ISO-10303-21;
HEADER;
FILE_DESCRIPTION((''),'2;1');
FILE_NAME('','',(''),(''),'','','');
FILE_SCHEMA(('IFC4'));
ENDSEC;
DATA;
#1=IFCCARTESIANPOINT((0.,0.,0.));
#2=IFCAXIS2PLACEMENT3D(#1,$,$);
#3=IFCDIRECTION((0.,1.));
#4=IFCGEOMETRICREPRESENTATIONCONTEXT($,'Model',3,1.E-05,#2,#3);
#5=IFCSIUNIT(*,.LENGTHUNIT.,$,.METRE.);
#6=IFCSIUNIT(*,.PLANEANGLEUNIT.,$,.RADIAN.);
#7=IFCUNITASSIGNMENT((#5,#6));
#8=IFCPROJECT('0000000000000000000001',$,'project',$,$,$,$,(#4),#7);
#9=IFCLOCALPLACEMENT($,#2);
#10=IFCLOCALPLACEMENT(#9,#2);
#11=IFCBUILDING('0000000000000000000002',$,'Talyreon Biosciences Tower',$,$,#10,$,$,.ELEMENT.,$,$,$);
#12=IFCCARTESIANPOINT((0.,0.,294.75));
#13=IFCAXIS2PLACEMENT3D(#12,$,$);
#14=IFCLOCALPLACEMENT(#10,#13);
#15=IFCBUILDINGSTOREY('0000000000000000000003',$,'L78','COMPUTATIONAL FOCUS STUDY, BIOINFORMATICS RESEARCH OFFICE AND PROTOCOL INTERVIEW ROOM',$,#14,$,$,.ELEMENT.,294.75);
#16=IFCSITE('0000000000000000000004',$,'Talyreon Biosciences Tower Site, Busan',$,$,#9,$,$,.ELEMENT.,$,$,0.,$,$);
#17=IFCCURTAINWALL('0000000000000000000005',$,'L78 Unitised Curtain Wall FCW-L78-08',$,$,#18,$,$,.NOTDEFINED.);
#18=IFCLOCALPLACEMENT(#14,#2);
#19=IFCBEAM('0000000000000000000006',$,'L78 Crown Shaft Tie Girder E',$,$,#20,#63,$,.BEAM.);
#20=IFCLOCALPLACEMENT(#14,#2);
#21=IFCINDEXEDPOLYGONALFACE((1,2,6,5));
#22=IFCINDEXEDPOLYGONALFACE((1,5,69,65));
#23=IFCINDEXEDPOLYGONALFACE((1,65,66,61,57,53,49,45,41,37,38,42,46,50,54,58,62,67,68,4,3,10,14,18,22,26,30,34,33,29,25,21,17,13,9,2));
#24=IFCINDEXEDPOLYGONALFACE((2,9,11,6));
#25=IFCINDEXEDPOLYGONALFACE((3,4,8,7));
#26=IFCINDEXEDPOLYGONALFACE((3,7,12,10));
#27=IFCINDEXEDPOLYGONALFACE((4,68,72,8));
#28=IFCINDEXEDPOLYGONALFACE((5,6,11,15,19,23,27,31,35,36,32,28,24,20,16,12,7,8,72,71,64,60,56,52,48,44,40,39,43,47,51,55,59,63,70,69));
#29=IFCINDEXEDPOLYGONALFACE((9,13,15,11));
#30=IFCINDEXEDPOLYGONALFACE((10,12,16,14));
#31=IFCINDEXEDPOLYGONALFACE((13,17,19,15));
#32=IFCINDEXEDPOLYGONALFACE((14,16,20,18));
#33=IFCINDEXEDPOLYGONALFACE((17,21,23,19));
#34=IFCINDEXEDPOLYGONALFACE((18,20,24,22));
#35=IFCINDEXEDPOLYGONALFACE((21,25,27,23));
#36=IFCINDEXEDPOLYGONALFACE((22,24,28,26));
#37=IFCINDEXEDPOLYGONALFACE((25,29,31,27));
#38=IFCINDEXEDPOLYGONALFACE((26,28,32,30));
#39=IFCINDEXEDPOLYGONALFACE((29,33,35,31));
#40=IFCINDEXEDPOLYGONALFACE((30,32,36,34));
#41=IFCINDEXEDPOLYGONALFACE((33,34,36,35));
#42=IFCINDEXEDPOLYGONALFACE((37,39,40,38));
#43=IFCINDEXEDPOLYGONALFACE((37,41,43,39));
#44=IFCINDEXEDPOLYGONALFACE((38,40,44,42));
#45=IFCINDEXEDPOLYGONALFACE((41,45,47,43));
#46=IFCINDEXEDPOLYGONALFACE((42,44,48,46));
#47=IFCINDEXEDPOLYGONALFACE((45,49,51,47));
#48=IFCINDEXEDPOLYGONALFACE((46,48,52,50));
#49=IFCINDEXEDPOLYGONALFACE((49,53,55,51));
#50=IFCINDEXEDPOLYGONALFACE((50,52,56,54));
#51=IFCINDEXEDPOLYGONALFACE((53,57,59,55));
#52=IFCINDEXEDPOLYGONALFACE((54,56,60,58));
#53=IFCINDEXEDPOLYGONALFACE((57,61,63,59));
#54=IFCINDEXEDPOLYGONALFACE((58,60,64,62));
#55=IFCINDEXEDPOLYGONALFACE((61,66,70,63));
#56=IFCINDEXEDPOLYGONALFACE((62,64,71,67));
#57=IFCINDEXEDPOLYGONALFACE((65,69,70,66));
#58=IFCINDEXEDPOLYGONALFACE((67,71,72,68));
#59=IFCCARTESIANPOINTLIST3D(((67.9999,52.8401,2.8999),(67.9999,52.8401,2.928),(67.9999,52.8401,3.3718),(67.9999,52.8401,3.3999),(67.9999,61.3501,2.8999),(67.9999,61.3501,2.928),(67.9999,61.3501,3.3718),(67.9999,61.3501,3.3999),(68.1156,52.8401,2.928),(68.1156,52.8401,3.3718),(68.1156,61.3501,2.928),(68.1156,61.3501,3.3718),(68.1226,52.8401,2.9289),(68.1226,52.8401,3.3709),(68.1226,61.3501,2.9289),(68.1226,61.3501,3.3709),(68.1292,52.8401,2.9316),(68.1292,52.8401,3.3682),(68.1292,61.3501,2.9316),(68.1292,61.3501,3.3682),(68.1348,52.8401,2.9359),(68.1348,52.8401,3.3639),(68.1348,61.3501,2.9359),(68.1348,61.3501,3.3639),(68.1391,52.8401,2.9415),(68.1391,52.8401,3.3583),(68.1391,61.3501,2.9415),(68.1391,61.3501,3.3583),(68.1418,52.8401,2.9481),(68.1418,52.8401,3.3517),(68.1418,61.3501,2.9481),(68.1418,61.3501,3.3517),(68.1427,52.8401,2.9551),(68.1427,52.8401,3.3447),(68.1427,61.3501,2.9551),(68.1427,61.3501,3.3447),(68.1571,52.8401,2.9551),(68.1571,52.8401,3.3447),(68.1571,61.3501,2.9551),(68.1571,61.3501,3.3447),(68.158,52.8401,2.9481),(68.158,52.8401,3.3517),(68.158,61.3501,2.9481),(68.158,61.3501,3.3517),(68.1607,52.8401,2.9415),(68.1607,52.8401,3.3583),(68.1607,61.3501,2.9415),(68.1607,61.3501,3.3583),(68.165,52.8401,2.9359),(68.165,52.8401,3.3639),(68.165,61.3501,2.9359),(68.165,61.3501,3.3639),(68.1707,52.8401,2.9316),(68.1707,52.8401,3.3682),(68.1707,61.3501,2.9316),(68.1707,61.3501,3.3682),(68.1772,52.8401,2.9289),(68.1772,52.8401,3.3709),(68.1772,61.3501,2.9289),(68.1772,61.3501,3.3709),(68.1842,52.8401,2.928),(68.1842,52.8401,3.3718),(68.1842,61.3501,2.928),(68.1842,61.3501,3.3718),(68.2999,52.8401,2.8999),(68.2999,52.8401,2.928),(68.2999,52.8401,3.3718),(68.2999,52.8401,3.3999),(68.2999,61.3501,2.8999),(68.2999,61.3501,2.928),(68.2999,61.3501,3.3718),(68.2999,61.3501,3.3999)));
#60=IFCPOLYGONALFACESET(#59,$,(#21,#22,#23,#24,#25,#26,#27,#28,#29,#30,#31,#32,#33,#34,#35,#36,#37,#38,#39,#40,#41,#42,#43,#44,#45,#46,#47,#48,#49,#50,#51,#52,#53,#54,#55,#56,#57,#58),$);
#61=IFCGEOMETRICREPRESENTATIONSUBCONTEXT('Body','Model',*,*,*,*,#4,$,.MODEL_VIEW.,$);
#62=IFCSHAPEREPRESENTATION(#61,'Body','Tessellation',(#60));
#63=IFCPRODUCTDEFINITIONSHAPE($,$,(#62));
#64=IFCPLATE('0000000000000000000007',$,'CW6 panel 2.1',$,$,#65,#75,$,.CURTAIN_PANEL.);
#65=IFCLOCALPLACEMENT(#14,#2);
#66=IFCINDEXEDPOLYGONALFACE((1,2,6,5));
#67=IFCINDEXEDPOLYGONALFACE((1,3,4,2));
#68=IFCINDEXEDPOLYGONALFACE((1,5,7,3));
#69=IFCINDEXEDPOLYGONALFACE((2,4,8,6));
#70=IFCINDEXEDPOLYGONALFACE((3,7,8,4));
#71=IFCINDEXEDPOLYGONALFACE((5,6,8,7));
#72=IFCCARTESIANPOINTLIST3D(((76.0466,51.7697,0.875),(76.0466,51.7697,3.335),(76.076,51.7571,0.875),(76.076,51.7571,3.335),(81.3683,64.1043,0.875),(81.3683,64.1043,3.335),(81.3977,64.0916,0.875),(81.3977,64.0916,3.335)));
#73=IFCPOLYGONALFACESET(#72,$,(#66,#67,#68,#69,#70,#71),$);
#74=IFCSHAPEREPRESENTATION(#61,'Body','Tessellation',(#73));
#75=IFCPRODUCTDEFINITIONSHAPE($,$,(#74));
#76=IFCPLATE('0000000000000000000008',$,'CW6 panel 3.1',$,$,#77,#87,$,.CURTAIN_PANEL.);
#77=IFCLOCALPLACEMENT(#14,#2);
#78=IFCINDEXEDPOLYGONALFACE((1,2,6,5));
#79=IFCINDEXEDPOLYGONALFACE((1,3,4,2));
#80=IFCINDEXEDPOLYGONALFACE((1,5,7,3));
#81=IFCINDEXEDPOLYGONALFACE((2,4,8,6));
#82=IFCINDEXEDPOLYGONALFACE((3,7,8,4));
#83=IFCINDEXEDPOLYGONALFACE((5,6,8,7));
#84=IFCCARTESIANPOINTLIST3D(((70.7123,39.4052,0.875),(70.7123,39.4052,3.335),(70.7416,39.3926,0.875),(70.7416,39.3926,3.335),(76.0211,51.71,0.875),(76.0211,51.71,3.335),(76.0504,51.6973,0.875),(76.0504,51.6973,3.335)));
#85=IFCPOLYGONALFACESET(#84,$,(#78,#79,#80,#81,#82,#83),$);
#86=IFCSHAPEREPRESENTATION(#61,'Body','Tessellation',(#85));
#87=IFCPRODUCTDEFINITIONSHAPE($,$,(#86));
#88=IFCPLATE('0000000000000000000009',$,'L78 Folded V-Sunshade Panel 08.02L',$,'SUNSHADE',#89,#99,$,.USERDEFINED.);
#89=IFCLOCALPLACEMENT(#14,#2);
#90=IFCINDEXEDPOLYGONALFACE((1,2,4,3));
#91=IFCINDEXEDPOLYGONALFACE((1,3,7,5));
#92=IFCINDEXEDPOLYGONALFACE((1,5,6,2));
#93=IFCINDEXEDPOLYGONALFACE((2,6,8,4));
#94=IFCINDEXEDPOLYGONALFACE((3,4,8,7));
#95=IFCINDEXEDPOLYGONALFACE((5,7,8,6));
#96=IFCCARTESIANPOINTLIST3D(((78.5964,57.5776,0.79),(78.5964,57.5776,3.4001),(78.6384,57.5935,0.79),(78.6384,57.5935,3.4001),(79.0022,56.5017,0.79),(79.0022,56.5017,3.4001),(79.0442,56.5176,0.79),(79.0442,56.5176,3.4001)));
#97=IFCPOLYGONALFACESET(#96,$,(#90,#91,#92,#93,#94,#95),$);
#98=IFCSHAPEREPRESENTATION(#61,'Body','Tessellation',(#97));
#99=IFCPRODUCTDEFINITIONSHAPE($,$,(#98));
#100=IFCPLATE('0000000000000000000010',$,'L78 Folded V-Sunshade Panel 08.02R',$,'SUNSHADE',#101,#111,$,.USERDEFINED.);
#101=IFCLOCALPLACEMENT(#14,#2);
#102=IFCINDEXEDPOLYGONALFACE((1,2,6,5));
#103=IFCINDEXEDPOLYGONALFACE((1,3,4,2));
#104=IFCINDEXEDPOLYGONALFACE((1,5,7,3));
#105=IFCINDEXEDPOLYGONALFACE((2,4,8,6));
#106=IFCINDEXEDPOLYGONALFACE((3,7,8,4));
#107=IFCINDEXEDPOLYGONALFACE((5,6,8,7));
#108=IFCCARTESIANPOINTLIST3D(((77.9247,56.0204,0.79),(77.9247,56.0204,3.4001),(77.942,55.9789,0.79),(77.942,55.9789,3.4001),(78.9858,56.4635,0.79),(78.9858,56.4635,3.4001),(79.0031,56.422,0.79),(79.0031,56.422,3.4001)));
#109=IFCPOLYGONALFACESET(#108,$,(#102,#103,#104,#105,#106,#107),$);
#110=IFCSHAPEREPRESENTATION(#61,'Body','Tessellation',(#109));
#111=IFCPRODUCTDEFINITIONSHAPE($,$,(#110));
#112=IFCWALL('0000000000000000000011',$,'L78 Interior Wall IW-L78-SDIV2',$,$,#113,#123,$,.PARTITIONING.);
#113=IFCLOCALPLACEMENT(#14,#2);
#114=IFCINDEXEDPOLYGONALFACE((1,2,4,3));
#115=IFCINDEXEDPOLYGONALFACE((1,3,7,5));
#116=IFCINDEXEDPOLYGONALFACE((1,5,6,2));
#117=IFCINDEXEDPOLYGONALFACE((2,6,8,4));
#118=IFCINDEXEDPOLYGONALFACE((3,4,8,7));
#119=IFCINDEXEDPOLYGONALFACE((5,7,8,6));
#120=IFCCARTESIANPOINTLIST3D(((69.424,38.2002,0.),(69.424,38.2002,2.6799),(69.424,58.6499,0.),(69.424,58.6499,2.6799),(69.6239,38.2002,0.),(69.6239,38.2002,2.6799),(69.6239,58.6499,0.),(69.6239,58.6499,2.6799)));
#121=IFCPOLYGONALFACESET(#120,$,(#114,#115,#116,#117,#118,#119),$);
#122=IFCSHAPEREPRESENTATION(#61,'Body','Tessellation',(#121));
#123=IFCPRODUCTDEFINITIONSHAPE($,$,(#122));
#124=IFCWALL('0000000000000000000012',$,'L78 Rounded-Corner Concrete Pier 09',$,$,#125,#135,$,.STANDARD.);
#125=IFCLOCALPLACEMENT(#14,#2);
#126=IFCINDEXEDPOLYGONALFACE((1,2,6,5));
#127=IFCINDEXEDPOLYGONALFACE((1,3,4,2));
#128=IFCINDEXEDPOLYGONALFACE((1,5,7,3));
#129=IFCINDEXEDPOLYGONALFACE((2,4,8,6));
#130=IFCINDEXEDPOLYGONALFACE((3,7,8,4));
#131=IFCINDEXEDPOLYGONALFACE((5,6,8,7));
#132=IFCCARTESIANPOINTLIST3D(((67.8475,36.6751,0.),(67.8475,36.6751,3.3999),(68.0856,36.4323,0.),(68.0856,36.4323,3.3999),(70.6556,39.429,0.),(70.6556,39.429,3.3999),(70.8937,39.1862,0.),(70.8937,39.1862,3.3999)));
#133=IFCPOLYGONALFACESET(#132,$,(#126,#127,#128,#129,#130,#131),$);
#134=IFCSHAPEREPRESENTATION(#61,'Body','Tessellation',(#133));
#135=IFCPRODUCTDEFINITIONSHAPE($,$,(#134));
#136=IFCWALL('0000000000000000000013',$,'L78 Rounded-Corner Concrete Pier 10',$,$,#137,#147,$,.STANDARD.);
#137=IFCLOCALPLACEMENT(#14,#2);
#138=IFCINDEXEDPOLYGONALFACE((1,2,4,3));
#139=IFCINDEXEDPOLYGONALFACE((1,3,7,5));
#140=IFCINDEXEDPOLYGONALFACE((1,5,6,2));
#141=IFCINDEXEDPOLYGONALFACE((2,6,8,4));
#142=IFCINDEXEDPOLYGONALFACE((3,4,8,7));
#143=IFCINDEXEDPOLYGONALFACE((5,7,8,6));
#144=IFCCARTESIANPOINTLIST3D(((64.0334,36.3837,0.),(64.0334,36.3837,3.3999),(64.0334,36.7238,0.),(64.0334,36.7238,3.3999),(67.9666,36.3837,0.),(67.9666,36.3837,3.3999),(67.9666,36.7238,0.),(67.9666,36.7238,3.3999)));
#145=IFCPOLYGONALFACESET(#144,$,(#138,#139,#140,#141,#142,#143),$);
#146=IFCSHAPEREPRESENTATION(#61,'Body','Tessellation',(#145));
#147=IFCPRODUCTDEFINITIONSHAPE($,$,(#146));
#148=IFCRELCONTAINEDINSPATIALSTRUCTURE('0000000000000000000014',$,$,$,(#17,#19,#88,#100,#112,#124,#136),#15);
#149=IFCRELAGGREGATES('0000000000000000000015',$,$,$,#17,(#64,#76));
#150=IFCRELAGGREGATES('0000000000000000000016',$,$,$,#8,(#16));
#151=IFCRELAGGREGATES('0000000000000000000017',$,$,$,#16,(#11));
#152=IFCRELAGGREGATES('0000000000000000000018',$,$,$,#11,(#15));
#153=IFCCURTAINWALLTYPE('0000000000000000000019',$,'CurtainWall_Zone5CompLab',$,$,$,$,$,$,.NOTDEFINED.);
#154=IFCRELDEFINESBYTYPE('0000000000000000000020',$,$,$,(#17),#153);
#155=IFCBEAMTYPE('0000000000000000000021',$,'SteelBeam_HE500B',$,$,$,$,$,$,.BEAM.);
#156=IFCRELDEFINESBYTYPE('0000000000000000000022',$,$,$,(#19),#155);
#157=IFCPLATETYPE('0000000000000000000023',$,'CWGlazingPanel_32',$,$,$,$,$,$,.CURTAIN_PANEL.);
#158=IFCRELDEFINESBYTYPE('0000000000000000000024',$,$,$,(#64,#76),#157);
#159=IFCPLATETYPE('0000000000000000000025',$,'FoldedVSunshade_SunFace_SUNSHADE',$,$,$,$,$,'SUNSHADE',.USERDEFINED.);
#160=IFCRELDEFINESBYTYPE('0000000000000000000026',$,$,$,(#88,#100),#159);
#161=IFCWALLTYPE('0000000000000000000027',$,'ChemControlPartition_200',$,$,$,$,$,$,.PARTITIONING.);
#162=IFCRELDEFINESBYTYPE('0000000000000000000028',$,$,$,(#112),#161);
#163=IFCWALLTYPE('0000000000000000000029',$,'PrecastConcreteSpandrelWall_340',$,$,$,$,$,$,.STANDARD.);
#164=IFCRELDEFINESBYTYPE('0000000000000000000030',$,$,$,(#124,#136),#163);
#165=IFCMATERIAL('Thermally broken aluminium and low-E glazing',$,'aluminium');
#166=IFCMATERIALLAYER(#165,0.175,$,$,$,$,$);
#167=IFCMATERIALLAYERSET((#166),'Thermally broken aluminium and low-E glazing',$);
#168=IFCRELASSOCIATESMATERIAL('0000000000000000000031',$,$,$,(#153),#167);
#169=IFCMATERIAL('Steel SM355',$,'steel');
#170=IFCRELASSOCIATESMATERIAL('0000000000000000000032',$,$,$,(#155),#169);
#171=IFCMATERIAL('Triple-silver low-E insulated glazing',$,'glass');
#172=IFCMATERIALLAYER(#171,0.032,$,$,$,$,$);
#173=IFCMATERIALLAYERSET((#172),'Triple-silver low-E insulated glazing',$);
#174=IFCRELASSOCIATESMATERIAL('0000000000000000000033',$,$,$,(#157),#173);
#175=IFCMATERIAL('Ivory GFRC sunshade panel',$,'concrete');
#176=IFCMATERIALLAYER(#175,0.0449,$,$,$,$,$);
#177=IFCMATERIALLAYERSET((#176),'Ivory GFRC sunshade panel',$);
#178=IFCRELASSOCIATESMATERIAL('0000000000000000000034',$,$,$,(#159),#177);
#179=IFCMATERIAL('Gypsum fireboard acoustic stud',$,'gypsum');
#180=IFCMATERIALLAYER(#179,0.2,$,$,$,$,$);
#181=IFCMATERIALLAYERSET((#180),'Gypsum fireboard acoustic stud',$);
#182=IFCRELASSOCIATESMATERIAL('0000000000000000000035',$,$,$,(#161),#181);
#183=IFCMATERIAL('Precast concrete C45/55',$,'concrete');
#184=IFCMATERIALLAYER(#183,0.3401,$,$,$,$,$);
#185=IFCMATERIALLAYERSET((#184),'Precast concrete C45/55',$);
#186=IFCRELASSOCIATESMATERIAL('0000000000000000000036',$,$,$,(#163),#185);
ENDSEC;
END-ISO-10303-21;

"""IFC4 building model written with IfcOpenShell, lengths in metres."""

from ifc_helpers import new_model, si_unit, direction, frame, frame_2d, origin, origin_2d, place, context, subcontext, project, spatial, rectangle, i_section, extrude, material, layer, layer_set, material_profile, profile_set, type_object, element, aggregate, save


model = new_model("IFC4")

# Units and contexts
model_context = context("Model", 3, precision=1e-05, world=origin(), true_north=direction((0.0, 1.0)))
body_context = subcontext(model_context, "Body", "Model", "MODEL_VIEW")
ifc_project = project(units=[si_unit("LENGTHUNIT", "METRE"), si_unit("PLANEANGLEUNIT", "RADIAN")], contexts=[model_context])

# Site, building, storey
site_placement = place(None, origin())
site = spatial("IfcSite", under=ifc_project, at=site_placement, Name="Talyreon Biosciences Tower Site, Busan", CompositionType="ELEMENT", RefElevation=0.0)
building_placement = place(site_placement, origin())
building = spatial("IfcBuilding", under=site, at=building_placement, Name="Talyreon Biosciences Tower", CompositionType="ELEMENT")
storey_placement = place(building_placement, frame((0.0, 0.0, 294.75)))
storey = spatial("IfcBuildingStorey", under=building, at=storey_placement, Name="L78", Description="COMPUTATIONAL FOCUS STUDY, BIOINFORMATICS RESEARCH OFFICE AND PROTOCOL INTERVIEW ROOM", CompositionType="ELEMENT", Elevation=294.75)

# Shared definitions
ifc_material_1 = material(Name="Precast concrete C45/55", Category="concrete")

# Curtain wall
ifc_material_2 = material(Name="Thermally broken aluminium and low-E glazing", Category="aluminium")
ifc_layer_1 = layer(ifc_material_2, 0.175)
ifc_layer_set_1 = layer_set([ifc_layer_1], Name="Thermally broken aluminium and low-E glazing")
curtain_wall_type = type_object("IfcCurtainWallType", Name="CurtainWall_Zone5CompLab", PredefinedType="NOTDEFINED", material=ifc_layer_set_1)
curtain_wall_placement = place(storey_placement, origin())
curtain_wall = element("IfcCurtainWall", 1, at=curtain_wall_placement, inside=storey, type_object=curtain_wall_type, Name="L78 Unitised Curtain Wall FCW-L78-08", PredefinedType="NOTDEFINED")

# Beam
ifc_material_3 = material(Name="Steel SM355", Category="steel")
ifc_material_profile_1 = material_profile(ifc_material_3, i_section(OverallWidth=0.3, OverallDepth=0.5, WebThickness=0.0144, FlangeThickness=0.0281, FilletRadius=0.0271, at=origin_2d()), Name="HE500B")
ifc_profile_set_1 = profile_set([ifc_material_profile_1], Name="Steel SM355")
beam_type_1 = type_object("IfcBeamType", Name="SteelBeam_HE500B", PredefinedType="BEAM", material=ifc_profile_set_1)
beam_1_placement = place(storey_placement, frame((68.1499, 52.8401, 3.1499), z_axis=(0.0, 1.0, 0.0), x_axis=(-1.0, 0.0, 0.0)))
element("IfcBeam", 2, at=beam_1_placement, inside=storey, type_object=beam_type_1, Name="L78 Crown Shaft Tie Girder E", PredefinedType="BEAM", context=body_context, shape_type="SweptSolid", body=[
    extrude(i_section(OverallWidth=0.3, OverallDepth=0.5, WebThickness=0.0144, FlangeThickness=0.0281, FilletRadius=0.0271, at=origin_2d()), origin(), (0.0, 0.0, 1.0), 8.51),
])

# Plates
ifc_material_4 = material(Name="Triple-silver low-E insulated glazing", Category="glass")
ifc_layer_2 = layer(ifc_material_4, 0.032)
ifc_layer_set_2 = layer_set([ifc_layer_2], Name="Triple-silver low-E insulated glazing")
plate_type_1 = type_object("IfcPlateType", Name="CWGlazingPanel_32", PredefinedType="CURTAIN_PANEL", material=ifc_layer_set_2)
plate_1_placement = place(storey_placement, frame((78.7222, 57.9307, 0.875), z_axis=(0.0, 0.0, 1.0), x_axis=(-0.396147, -0.918187, 0.0)))
plate_1 = element("IfcPlate", 3, at=plate_1_placement, type_object=plate_type_1, Name="CW6 panel 2.1", PredefinedType="CURTAIN_PANEL", context=body_context, shape_type="SweptSolid", body=[
    extrude(rectangle(XDim=13.4336, YDim=0.032, at=origin_2d()), origin(), (0.0, 0.0, 1.0), 2.46),
])
plate_2_placement = place(storey_placement, frame((73.3813, 45.5513, 0.875), z_axis=(0.0, 0.0, 1.0), x_axis=(-0.396147, -0.918187, 0.0)))
plate_2 = element("IfcPlate", 4, at=plate_2_placement, type_object=plate_type_1, Name="CW6 panel 3.1", PredefinedType="CURTAIN_PANEL", context=body_context, shape_type="SweptSolid", body=[
    extrude(rectangle(XDim=13.4011, YDim=0.032, at=origin_2d()), origin(), (0.0, 0.0, 1.0), 2.46),
])
aggregate(curtain_wall, [plate_1, plate_2])

# Plates
ifc_material_5 = material(Name="Ivory GFRC sunshade panel", Category="concrete")
ifc_layer_3 = layer(ifc_material_5, 0.0449)
ifc_layer_set_3 = layer_set([ifc_layer_3], Name="Ivory GFRC sunshade panel")
plate_type_2 = type_object("IfcPlateType", Name="FoldedVSunshade_SunFace_SUNSHADE", ElementType="SUNSHADE", PredefinedType="USERDEFINED", material=ifc_layer_set_3)
for number, where, z_axis, x_axis, name in (
    (5, (78.8203, 57.0476, 0.79), (0.0, 0.0, 1.0), (0.352871, -0.935672, 0.0), "L78 Folded V-Sunshade Panel 08.02L"),
    (6, (78.4639, 56.2212, 0.79), (0.0, 0.0, 1.0), (-0.922787, -0.38531, 0.0), "L78 Folded V-Sunshade Panel 08.02R"),
):
    element("IfcPlate", number, at=place(storey_placement, frame(where, z_axis=z_axis, x_axis=x_axis)), inside=storey, type_object=plate_type_2, Name=name, ObjectType="SUNSHADE", PredefinedType="USERDEFINED", context=body_context, shape_type="SweptSolid", body=[
        extrude(rectangle(XDim=1.1499, YDim=0.0449, at=origin_2d()), origin(), (0.0, 0.0, 1.0), 2.6101),
    ])

# Wall
ifc_material_6 = material(Name="Gypsum fireboard acoustic stud", Category="gypsum")
ifc_layer_4 = layer(ifc_material_6, 0.2)
ifc_layer_set_4 = layer_set([ifc_layer_4], Name="Gypsum fireboard acoustic stud")
wall_type_1 = type_object("IfcWallType", Name="ChemControlPartition_200", PredefinedType="PARTITIONING", material=ifc_layer_set_4)
wall_1_placement = place(storey_placement, frame((69.5239, 38.2002, 0.0), z_axis=(0.0, 0.0, 1.0), x_axis=(0.0, 1.0, 0.0)))
element("IfcWall", 7, at=wall_1_placement, inside=storey, type_object=wall_type_1, Name="L78 Interior Wall IW-L78-SDIV2", PredefinedType="PARTITIONING", context=body_context, shape_type="SweptSolid", body=[
    extrude(rectangle(XDim=20.4497, YDim=0.2, at=frame_2d((10.2249, 0.0))), origin(), (0.0, 0.0, 1.0), 2.6799),
])

# Walls
ifc_layer_5 = layer(ifc_material_1, 0.3401)
ifc_layer_set_5 = layer_set([ifc_layer_5], Name="Precast concrete C45/55")
wall_type_2 = type_object("IfcWallType", Name="PrecastConcreteSpandrelWall_340", PredefinedType="STANDARD", material=ifc_layer_set_5)
for number, where, z_axis, x_axis, name in (
    (8, (70.7747, 39.3076, 0.0), (0.0, 0.0, 1.0), (-0.713963, -0.700183, 0.0), "L78 Rounded-Corner Concrete Pier 09"),
    (9, (67.9666, 36.5537, 0.0), (0.0, 0.0, 1.0), (-1.0, 0.0, 0.0), "L78 Rounded-Corner Concrete Pier 10"),
):
    element("IfcWall", number, at=place(storey_placement, frame(where, z_axis=z_axis, x_axis=x_axis)), inside=storey, type_object=wall_type_2, Name=name, PredefinedType="STANDARD", context=body_context, shape_type="SweptSolid", body=[
        extrude(rectangle(XDim=3.9331, YDim=0.3401, at=frame_2d((1.9666, 0.0))), origin(), (0.0, 0.0, 1.0), 3.3999),
    ])

save(model, "model.ifc")
